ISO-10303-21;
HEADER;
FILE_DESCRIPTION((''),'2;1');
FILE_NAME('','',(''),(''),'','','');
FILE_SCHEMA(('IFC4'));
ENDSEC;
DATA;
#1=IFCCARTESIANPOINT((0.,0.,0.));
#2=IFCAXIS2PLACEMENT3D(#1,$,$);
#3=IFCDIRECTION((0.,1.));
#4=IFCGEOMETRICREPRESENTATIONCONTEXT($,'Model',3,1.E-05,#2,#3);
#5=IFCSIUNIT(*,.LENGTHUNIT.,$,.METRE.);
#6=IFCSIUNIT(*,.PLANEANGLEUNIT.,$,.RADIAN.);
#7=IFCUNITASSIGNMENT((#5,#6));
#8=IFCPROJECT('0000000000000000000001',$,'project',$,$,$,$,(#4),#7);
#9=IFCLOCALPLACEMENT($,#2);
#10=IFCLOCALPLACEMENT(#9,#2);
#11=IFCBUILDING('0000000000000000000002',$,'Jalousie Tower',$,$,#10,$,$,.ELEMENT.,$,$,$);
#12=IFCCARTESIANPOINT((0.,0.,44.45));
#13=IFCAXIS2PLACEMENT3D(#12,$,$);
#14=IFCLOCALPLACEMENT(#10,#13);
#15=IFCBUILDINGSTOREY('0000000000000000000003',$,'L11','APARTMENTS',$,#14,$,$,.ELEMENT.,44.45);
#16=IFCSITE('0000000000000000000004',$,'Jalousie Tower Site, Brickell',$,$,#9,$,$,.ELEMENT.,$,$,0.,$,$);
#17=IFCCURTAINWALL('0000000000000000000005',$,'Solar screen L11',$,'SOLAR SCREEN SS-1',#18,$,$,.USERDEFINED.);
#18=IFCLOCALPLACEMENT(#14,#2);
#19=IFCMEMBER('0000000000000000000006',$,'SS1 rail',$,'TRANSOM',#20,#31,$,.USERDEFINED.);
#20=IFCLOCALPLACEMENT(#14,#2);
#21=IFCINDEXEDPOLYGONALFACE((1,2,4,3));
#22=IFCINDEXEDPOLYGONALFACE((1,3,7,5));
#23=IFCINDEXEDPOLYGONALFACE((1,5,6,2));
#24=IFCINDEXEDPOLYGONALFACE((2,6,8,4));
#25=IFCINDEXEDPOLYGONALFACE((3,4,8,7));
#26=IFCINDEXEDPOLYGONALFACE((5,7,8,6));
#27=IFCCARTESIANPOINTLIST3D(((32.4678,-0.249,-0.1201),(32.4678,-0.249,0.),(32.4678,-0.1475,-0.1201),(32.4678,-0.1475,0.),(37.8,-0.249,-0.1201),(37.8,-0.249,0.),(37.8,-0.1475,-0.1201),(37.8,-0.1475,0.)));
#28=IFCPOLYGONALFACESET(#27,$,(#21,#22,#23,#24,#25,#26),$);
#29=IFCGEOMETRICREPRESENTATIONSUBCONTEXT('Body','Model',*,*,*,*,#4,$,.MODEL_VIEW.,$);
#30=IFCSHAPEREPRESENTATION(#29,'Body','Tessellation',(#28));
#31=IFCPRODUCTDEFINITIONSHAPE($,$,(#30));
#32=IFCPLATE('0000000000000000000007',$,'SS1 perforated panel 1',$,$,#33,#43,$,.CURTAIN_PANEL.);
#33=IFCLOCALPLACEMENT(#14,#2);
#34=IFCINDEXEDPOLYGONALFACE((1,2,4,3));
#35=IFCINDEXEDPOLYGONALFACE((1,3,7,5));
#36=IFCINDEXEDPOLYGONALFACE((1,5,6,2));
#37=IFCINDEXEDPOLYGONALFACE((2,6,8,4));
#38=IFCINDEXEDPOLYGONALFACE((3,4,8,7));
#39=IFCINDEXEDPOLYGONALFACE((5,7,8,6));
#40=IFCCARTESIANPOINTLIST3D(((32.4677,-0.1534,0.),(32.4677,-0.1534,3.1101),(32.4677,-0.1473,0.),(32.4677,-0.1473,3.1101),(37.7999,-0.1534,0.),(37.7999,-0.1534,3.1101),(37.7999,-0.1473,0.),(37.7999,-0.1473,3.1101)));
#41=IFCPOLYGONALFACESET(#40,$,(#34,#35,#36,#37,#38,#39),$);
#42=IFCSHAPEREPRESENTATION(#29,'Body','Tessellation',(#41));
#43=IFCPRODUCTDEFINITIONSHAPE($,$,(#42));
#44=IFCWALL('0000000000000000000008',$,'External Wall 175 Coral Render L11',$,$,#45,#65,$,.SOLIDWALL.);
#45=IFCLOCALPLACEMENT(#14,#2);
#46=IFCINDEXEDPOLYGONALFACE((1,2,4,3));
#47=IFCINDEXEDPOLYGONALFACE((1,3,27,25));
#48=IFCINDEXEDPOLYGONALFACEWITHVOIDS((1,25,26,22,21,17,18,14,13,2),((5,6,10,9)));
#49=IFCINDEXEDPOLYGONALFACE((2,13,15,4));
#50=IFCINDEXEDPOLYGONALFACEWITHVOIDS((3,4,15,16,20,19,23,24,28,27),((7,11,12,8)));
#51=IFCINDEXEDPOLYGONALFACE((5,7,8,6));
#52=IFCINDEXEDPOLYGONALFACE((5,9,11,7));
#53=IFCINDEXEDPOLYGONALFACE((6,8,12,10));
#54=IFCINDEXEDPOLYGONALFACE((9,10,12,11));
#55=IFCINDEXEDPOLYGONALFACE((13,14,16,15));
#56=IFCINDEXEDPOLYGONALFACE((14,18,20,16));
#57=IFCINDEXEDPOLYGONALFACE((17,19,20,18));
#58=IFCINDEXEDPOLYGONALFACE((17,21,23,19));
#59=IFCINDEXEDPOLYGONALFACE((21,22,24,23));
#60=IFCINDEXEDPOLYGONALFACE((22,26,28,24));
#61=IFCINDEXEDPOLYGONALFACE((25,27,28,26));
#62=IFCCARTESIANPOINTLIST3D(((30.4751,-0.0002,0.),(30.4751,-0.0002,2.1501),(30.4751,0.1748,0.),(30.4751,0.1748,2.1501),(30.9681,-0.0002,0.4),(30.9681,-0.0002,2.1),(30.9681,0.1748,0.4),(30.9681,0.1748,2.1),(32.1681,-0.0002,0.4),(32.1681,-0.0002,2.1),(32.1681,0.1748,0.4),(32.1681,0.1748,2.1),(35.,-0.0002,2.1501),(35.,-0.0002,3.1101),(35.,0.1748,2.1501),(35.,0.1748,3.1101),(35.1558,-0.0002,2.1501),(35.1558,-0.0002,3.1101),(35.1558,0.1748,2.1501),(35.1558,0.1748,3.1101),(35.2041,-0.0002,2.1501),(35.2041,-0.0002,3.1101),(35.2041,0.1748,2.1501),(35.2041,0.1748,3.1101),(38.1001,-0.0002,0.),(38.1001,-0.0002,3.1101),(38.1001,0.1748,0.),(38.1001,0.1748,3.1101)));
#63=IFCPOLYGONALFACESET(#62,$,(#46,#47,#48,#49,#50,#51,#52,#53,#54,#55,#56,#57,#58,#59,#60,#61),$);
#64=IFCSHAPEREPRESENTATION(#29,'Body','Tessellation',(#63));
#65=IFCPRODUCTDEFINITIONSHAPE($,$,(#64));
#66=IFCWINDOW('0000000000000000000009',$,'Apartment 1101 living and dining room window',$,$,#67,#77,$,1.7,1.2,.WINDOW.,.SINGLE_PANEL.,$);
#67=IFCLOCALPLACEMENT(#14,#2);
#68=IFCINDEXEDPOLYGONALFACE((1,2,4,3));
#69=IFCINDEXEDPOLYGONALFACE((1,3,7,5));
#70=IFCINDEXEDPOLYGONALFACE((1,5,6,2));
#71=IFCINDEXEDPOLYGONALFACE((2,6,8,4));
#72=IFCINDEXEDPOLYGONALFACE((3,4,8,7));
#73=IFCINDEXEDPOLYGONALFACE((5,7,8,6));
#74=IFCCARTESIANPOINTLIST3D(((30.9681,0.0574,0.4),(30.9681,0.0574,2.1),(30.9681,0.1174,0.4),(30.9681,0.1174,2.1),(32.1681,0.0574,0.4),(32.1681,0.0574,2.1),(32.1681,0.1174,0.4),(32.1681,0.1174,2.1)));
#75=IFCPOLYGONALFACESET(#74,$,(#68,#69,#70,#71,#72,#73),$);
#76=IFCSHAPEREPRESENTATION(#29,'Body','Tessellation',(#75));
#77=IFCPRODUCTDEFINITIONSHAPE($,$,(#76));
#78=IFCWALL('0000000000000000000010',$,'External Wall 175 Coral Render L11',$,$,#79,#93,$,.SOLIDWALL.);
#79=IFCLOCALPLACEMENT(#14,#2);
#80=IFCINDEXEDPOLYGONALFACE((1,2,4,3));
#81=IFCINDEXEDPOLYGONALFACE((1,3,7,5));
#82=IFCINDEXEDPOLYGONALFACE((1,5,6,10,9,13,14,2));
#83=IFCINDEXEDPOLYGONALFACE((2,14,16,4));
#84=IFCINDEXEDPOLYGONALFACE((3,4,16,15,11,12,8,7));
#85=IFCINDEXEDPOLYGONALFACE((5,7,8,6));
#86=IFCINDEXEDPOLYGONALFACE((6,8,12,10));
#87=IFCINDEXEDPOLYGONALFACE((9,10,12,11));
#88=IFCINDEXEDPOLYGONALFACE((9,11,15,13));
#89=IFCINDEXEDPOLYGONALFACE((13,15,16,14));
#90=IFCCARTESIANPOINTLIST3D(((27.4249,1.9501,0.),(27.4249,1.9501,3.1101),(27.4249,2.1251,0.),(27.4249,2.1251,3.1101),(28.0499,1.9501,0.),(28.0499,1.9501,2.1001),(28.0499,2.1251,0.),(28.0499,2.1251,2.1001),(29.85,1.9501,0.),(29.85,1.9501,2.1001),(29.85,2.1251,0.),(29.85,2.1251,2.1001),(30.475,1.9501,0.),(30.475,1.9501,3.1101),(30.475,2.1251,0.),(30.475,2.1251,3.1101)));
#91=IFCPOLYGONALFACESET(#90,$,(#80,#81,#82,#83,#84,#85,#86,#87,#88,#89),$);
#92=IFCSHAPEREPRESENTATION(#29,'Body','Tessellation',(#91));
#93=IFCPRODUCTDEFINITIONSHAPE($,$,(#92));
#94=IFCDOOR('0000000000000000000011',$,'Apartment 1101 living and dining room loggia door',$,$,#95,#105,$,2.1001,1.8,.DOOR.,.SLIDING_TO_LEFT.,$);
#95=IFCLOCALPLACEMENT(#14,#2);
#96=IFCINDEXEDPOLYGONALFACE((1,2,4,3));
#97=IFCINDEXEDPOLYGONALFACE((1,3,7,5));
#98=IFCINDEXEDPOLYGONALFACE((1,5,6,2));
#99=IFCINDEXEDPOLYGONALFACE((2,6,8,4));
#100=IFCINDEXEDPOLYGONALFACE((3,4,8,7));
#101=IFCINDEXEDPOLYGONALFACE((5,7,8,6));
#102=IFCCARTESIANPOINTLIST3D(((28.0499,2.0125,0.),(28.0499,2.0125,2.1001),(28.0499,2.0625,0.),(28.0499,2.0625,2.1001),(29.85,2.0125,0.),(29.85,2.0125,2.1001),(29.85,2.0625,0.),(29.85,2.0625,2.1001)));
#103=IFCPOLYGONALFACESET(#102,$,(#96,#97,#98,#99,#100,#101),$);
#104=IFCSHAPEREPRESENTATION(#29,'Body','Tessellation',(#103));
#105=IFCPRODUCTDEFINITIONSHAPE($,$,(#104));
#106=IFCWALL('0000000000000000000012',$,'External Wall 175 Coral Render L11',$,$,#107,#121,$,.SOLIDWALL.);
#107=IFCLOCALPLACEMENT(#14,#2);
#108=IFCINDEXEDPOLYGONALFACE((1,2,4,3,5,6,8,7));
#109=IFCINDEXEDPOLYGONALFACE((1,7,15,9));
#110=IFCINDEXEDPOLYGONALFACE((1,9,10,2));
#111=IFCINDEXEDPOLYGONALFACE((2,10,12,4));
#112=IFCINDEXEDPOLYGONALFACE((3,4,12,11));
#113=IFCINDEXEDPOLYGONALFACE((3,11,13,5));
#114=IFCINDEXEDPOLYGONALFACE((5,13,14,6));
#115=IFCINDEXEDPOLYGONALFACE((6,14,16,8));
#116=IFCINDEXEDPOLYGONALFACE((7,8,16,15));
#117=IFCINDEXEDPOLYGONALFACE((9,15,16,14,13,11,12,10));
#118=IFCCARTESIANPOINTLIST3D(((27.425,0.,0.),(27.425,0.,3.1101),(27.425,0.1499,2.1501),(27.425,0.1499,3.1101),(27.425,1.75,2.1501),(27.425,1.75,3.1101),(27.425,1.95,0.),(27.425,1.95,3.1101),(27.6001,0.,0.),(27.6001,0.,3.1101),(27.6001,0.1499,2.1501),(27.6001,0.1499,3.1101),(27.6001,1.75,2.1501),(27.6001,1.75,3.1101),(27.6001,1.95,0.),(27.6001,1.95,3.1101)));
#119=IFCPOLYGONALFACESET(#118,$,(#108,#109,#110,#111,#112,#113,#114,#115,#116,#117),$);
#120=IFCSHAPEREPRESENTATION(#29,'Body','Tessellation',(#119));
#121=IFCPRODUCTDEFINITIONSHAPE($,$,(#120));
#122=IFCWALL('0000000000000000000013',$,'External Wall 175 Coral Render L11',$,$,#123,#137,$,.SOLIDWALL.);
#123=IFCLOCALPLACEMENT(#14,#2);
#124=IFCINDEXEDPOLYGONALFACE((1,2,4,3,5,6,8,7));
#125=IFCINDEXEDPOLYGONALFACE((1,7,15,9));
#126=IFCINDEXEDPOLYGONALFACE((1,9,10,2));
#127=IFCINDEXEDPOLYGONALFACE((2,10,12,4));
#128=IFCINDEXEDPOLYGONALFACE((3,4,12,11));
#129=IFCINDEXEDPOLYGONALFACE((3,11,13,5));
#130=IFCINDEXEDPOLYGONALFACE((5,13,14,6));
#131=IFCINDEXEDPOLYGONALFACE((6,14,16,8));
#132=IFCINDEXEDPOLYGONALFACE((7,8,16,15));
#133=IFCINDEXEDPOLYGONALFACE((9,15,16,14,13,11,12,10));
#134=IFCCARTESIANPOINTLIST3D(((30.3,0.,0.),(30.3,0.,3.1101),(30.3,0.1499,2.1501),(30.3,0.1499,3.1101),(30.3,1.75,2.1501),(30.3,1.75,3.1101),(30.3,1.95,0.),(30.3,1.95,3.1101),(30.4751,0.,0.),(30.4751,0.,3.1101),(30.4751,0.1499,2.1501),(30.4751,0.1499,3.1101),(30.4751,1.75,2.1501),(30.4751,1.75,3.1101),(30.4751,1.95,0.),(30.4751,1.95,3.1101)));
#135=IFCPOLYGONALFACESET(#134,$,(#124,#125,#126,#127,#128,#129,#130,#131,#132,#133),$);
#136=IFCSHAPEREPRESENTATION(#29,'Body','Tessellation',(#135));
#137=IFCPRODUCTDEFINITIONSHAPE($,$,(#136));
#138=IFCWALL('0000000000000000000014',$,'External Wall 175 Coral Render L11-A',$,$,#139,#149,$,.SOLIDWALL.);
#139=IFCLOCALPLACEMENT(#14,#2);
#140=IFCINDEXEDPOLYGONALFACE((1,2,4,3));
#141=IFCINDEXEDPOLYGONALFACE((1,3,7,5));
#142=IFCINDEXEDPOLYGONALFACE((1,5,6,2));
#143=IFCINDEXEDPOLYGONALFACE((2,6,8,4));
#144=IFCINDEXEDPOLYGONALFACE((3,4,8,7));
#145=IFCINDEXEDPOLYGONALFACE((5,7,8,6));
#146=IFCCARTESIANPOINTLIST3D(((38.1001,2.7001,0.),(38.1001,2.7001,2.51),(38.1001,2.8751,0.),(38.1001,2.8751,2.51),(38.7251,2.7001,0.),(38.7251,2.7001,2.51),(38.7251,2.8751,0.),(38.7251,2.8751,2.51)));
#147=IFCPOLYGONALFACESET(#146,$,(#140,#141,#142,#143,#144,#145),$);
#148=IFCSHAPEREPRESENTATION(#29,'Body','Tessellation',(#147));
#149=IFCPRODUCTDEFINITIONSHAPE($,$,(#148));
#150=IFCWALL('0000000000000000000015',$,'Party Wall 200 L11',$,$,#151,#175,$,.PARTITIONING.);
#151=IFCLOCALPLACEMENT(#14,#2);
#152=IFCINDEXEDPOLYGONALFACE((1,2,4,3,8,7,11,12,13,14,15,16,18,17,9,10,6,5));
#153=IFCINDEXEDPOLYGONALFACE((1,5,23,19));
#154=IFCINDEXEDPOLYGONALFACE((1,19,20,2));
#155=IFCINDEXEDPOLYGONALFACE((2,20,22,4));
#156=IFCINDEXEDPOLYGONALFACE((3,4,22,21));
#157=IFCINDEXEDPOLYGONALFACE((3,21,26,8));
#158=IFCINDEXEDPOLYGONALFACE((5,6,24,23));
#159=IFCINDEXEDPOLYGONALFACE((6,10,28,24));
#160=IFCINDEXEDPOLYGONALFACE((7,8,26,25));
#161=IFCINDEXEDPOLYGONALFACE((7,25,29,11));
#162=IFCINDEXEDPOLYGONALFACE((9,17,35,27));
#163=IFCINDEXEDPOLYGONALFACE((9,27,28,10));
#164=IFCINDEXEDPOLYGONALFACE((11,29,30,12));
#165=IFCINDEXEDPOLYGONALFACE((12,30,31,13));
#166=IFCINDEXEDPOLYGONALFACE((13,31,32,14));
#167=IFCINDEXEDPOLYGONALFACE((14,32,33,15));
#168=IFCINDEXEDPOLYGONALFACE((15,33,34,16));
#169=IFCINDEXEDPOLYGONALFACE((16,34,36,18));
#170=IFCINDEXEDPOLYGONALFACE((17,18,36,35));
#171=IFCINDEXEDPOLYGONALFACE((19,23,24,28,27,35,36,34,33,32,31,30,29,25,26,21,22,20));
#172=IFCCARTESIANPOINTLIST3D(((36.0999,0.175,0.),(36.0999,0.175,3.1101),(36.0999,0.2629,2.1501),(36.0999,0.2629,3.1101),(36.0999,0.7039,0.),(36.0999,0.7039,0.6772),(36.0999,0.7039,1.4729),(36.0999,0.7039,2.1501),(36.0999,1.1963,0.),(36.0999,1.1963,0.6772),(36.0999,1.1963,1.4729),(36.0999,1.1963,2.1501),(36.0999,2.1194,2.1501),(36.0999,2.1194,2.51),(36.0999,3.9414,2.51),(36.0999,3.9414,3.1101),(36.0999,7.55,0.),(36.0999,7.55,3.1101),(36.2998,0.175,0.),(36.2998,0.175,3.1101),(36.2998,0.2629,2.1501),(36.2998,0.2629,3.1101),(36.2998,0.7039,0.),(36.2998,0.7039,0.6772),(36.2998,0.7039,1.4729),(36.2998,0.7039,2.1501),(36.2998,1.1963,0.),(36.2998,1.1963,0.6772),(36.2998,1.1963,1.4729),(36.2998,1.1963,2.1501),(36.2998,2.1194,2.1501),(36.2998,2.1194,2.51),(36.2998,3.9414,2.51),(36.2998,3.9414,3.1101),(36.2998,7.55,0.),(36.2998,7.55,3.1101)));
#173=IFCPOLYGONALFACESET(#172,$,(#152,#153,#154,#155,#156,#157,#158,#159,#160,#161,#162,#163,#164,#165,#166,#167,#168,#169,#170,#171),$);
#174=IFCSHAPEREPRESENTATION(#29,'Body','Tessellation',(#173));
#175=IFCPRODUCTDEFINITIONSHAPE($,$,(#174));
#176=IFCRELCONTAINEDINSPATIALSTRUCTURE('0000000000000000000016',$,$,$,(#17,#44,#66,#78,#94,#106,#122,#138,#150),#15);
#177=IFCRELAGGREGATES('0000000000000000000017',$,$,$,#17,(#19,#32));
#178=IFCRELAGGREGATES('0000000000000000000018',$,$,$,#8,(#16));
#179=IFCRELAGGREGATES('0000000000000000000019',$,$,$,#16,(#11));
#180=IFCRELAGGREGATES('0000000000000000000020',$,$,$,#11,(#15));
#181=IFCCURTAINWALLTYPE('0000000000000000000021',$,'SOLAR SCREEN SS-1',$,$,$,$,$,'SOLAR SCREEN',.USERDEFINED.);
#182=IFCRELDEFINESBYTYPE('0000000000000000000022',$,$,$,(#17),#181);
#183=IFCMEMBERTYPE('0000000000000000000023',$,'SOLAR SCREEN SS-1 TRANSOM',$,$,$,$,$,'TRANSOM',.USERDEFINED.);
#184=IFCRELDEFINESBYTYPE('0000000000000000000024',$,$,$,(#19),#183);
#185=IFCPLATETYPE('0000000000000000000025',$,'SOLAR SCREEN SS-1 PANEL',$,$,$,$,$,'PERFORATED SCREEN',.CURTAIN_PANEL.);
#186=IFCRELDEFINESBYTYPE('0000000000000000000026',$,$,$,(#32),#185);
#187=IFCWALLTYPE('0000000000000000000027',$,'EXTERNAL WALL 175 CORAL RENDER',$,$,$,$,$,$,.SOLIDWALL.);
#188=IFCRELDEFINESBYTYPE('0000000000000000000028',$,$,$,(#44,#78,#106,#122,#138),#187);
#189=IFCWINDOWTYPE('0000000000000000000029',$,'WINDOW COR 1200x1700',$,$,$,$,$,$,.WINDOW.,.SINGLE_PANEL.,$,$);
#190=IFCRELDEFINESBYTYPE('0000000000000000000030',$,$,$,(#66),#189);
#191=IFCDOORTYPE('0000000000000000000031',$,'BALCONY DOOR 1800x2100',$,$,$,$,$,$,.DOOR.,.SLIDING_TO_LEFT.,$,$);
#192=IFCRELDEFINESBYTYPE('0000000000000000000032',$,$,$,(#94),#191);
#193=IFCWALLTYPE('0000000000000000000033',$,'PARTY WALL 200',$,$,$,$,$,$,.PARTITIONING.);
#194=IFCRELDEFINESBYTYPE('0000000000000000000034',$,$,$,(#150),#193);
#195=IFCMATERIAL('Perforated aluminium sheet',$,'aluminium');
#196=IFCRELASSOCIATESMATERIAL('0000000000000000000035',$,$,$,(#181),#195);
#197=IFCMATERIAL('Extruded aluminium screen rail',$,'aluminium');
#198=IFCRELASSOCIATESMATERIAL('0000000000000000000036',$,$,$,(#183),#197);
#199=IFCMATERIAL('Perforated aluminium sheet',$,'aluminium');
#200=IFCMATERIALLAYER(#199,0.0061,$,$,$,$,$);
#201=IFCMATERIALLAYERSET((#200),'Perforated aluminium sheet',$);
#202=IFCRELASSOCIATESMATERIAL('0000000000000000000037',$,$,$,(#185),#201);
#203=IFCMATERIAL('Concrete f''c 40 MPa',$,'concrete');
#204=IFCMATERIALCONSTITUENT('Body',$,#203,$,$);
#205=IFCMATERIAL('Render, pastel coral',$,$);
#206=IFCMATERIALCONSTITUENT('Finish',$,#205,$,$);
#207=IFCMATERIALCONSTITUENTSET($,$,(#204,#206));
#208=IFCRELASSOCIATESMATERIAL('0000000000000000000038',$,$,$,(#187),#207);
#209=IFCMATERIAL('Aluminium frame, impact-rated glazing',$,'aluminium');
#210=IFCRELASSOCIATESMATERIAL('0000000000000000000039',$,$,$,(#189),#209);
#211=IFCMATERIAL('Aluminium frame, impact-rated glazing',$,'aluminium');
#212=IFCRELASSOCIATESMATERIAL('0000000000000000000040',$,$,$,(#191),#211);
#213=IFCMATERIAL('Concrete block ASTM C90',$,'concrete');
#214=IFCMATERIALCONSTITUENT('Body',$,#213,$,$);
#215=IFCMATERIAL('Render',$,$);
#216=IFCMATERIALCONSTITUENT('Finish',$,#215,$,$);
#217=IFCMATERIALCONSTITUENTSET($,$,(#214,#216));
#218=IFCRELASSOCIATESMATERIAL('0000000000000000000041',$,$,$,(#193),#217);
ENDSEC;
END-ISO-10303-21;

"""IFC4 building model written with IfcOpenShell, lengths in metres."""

from ifc_helpers import new_model, si_unit, direction, frame, frame_2d, origin, origin_2d, place, context, subcontext, project, spatial, polyline, rectangle, outline, extrude, material, layer, layer_set, constituent, constituent_set, material_profile, profile_set, type_object, element, fill, aggregate, save


model = new_model("IFC4")

# Units and contexts
model_context = context("Model", 3, precision=1e-05, world=origin(), true_north=direction((0.0, 1.0)))
body_context = subcontext(model_context, "Body", "Model", "MODEL_VIEW")
ifc_project = project(units=[si_unit("LENGTHUNIT", "METRE"), si_unit("PLANEANGLEUNIT", "RADIAN")], contexts=[model_context])

# Site, building, storey
site_placement = place(None, origin())
site = spatial("IfcSite", under=ifc_project, at=site_placement, Name="Jalousie Tower Site, Brickell", CompositionType="ELEMENT", RefElevation=0.0)
building_placement = place(site_placement, origin())
building = spatial("IfcBuilding", under=site, at=building_placement, Name="Jalousie Tower", CompositionType="ELEMENT")
storey_placement = place(building_placement, frame((0.0, 0.0, 44.45)))
storey = spatial("IfcBuildingStorey", under=building, at=storey_placement, Name="L11", Description="APARTMENTS", CompositionType="ELEMENT", Elevation=44.45)

# Shared definitions
ifc_material_1 = material(Name="Perforated aluminium sheet", Category="aluminium")
curtain_wall_type = type_object("IfcCurtainWallType", Name="SOLAR SCREEN SS-1", ElementType="SOLAR SCREEN", PredefinedType="USERDEFINED", material=ifc_material_1)

# Curtain wall, member, plate
curtain_wall_1_placement = place(storey_placement, origin())
curtain_wall_1 = element("IfcCurtainWall", 1, at=curtain_wall_1_placement, inside=storey, type_object=curtain_wall_type, Name="Solar screen L11", ObjectType="SOLAR SCREEN SS-1", PredefinedType="USERDEFINED")
ifc_material_2 = material(Name="Extruded aluminium screen rail", Category="aluminium")
ifc_material_profile_1 = material_profile(ifc_material_2, rectangle(XDim=0.1016, YDim=0.1201, at=origin_2d()), Name="RAIL 102x120")
ifc_profile_set_1 = profile_set([ifc_material_profile_1], Name="Extruded aluminium screen rail")
member_type_1 = type_object("IfcMemberType", Name="SOLAR SCREEN SS-1 TRANSOM", ElementType="TRANSOM", PredefinedType="USERDEFINED", material=ifc_profile_set_1)
member_1_placement = place(storey_placement, frame((32.4678, -0.1982, -0.0601), z_axis=(1.0, 0.0, 0.0), x_axis=(0.0, 1.0, 0.0)))
member_1 = element("IfcMember", 2, at=member_1_placement, type_object=member_type_1, Name="SS1 rail", ObjectType="TRANSOM", PredefinedType="USERDEFINED", context=body_context, shape_type="SweptSolid", body=[
    extrude(rectangle(XDim=0.1016, YDim=0.1201, at=origin_2d()), origin(), (0.0, 0.0, 1.0), 5.3323),
])
ifc_material_3 = material(Name="Perforated aluminium sheet", Category="aluminium")
ifc_layer_1 = layer(ifc_material_3, 0.0061)
ifc_layer_set_1 = layer_set([ifc_layer_1], Name="Perforated aluminium sheet")
plate_type = type_object("IfcPlateType", Name="SOLAR SCREEN SS-1 PANEL", ElementType="PERFORATED SCREEN", PredefinedType="CURTAIN_PANEL", material=ifc_layer_set_1)
plate_placement = place(storey_placement, frame((35.1338, -0.1504, 0.0), z_axis=(0.0, 0.0, 1.0), x_axis=(1.0, 0.0, 0.0)))
plate = element("IfcPlate", 3, at=plate_placement, type_object=plate_type, Name="SS1 perforated panel 1", PredefinedType="CURTAIN_PANEL", context=body_context, shape_type="SweptSolid", body=[
    extrude(rectangle(XDim=5.3323, YDim=0.0061, at=origin_2d()), origin(), (0.0, 0.0, 1.0), 3.1101),
])
aggregate(curtain_wall_1, [member_1, plate])

# Wall, opening, window
ifc_material_4 = material(Name="Concrete f'c 40 MPa", Category="concrete")
ifc_constituent_1 = constituent(ifc_material_4, Name="Body")
ifc_material_5 = material(Name="Render, pastel coral")
ifc_constituent_2 = constituent(ifc_material_5, Name="Finish")
ifc_constituent_set_1 = constituent_set(constituents=[ifc_constituent_1, ifc_constituent_2])
wall_type_1 = type_object("IfcWallType", Name="EXTERNAL WALL 175 CORAL RENDER", PredefinedType="SOLIDWALL", material=ifc_constituent_set_1)
wall_1_placement = place(storey_placement, frame((30.4751, 0.0874, 0.0), z_axis=(0.0, 0.0, 1.0), x_axis=(1.0, 0.0, 0.0)))
wall_1 = element("IfcWall", 4, at=wall_1_placement, inside=storey, type_object=wall_type_1, Name="External Wall 175 Coral Render L11", PredefinedType="SOLIDWALL", context=body_context, shape_type="SweptSolid", body=[
    extrude(outline(polyline([(0.0, 0.0), (7.625, 0.0), (7.625, 3.1101), (4.729, 3.1101), (4.729, 2.1501), (4.6807, 2.1501), (4.6807, 3.1101), (4.5249, 3.1101), (4.5249, 2.1501), (0.0, 2.1501), (0.0, 0.0)])), frame((0.0, 0.0874, 0.0), z_axis=(0.0, -1.0, 0.0), x_axis=(1.0, 0.0, 0.0)), (0.0, 0.0, 1.0), 0.175),
])
opening_1_placement = place(wall_1_placement, frame((0.4929, 0.0, 0.3999)))
opening_1 = element("IfcOpeningElement", 5, at=opening_1_placement, cuts=wall_1, PredefinedType="OPENING", context=body_context, shape_type="SweptSolid", body=[
    extrude(rectangle(XDim=1.2, YDim=1.7, at=frame_2d((0.6001, 0.8501))), frame((0.0, 0.0974, 0.0), z_axis=(0.0, -1.0, 0.0), x_axis=(1.0, 0.0, 0.0)), (0.0, 0.0, 1.0), 0.1951),
])
ifc_material_6 = material(Name="Aluminium frame, impact-rated glazing", Category="aluminium")
window_type = type_object("IfcWindowType", Name="WINDOW COR 1200x1700", PartitioningType="SINGLE_PANEL", PredefinedType="WINDOW", material=ifc_material_6)
window_placement = place(opening_1_placement, origin())
window = element("IfcWindow", 6, at=window_placement, inside=storey, type_object=window_type, Name="Apartment 1101 living and dining room window", OverallHeight=1.7, OverallWidth=1.2, PartitioningType="SINGLE_PANEL", PredefinedType="WINDOW", context=body_context, shape_type="SweptSolid", body=[
    extrude(rectangle(XDim=1.2, YDim=1.7, at=frame_2d((0.6001, 0.8501))), frame((0.0, 0.03, 0.0), z_axis=(0.0, -1.0, 0.0), x_axis=(1.0, 0.0, 0.0)), (0.0, 0.0, 1.0), 0.0601),
])
fill(opening_1, window)

# Wall, opening, door
wall_2_placement = place(storey_placement, frame((27.425, 2.0376, 0.0), z_axis=(0.0, 0.0, 1.0), x_axis=(1.0, 0.0, 0.0)))
wall_2 = element("IfcWall", 7, at=wall_2_placement, inside=storey, type_object=wall_type_1, Name="External Wall 175 Coral Render L11", PredefinedType="SOLIDWALL", context=body_context, shape_type="SweptSolid", body=[
    extrude(rectangle(XDim=3.05, YDim=0.175, at=frame_2d((1.5249, 0.0))), origin(), (0.0, 0.0, 1.0), 3.1101),
])
opening_2_placement = place(wall_2_placement, frame((0.625, 0.0, 0.0)))
opening_2 = element("IfcOpeningElement", 8, at=opening_2_placement, cuts=wall_2, PredefinedType="OPENING", context=body_context, shape_type="SweptSolid", body=[
    extrude(rectangle(XDim=1.8, YDim=2.1001, at=frame_2d((0.8999, 1.05))), frame((0.0, 0.0974, 0.0), z_axis=(0.0, -1.0, 0.0), x_axis=(1.0, 0.0, 0.0)), (0.0, 0.0, 1.0), 0.1951),
])
ifc_material_7 = material(Name="Aluminium frame, impact-rated glazing", Category="aluminium")
door_type = type_object("IfcDoorType", Name="BALCONY DOOR 1800x2100", OperationType="SLIDING_TO_LEFT", PredefinedType="DOOR", material=ifc_material_7)
door_placement = place(opening_2_placement, origin())
door = element("IfcDoor", 9, at=door_placement, inside=storey, type_object=door_type, Name="Apartment 1101 living and dining room loggia door", OperationType="SLIDING_TO_LEFT", OverallHeight=2.1001, OverallWidth=1.8, PredefinedType="DOOR", context=body_context, shape_type="SweptSolid", body=[
    extrude(rectangle(XDim=1.8, YDim=2.1001, at=frame_2d((0.8999, 1.05))), frame((0.0, 0.0249, 0.0), z_axis=(0.0, -1.0, 0.0), x_axis=(1.0, 0.0, 0.0)), (0.0, 0.0, 1.0), 0.05),
])
fill(opening_2, door)

# Walls
for number, where, z_axis, x_axis, name in (
    (10, (27.5125, 0.0, 0.0), (0.0, 0.0, 1.0), (0.0, 1.0, 0.0), "External Wall 175 Coral Render L11"),
    (11, (30.3875, 0.0, 0.0), (0.0, 0.0, 1.0), (0.0, 1.0, 0.0), "External Wall 175 Coral Render L11"),
):
    element("IfcWall", number, at=place(storey_placement, frame(where, z_axis=z_axis, x_axis=x_axis)), inside=storey, type_object=wall_type_1, Name=name, PredefinedType="SOLIDWALL", context=body_context, shape_type="SweptSolid", body=[
        extrude(outline(polyline([(0.0, 0.0), (1.95, 0.0), (1.95, 3.1101), (1.75, 3.1101), (1.75, 2.1501), (0.1499, 2.1501), (0.1499, 3.1101), (0.0, 3.1101), (0.0, 0.0)])), frame((0.0, 0.0874, 0.0), z_axis=(0.0, -1.0, 0.0), x_axis=(1.0, 0.0, 0.0)), (0.0, 0.0, 1.0), 0.175),
    ])
wall_3_placement = place(storey_placement, frame((38.1001, 2.7876, 0.0), z_axis=(0.0, 0.0, 1.0), x_axis=(1.0, 0.0, 0.0)))
element("IfcWall", 12, at=wall_3_placement, inside=storey, type_object=wall_type_1, Name="External Wall 175 Coral Render L11-A", PredefinedType="SOLIDWALL", context=body_context, shape_type="SweptSolid", body=[
    extrude(rectangle(XDim=0.625, YDim=0.175, at=frame_2d((0.3125, 0.0))), origin(), (0.0, 0.0, 1.0), 2.51),
])
ifc_material_8 = material(Name="Concrete block ASTM C90", Category="concrete")
ifc_constituent_3 = constituent(ifc_material_8, Name="Body")
ifc_material_9 = material(Name="Render")
ifc_constituent_4 = constituent(ifc_material_9, Name="Finish")
ifc_constituent_set_2 = constituent_set(constituents=[ifc_constituent_3, ifc_constituent_4])
wall_type_2 = type_object("IfcWallType", Name="PARTY WALL 200", PredefinedType="PARTITIONING", material=ifc_constituent_set_2)
wall_4_placement = place(storey_placement, frame((36.2, 0.175, 0.0), z_axis=(0.0, 0.0, 1.0), x_axis=(0.0, 1.0, 0.0)))
element("IfcWall", 13, at=wall_4_placement, inside=storey, type_object=wall_type_2, Name="Party Wall 200 L11", PredefinedType="PARTITIONING", context=body_context, shape_type="SweptSolid", body=[
    extrude(outline(polyline([(0.0879, 3.1101), (0.0, 3.1101), (0.0, 0.0), (0.5288, 0.0), (0.5288, 0.6772), (1.0212, 0.6772), (1.0212, 0.0), (7.375, 0.0), (7.375, 3.1101), (3.7664, 3.1101), (3.7664, 2.51), (1.9443, 2.51), (1.9443, 2.1501), (1.0212, 2.1501), (1.0212, 1.4729), (0.5288, 1.4729), (0.5288, 2.1501), (0.0879, 2.1501), (0.0879, 3.1101)])), frame((0.0, 0.1001, 0.0), z_axis=(0.0, -1.0, 0.0), x_axis=(1.0, 0.0, 0.0)), (0.0, 0.0, 1.0), 0.2),
])

save(model, "model.ifc")
